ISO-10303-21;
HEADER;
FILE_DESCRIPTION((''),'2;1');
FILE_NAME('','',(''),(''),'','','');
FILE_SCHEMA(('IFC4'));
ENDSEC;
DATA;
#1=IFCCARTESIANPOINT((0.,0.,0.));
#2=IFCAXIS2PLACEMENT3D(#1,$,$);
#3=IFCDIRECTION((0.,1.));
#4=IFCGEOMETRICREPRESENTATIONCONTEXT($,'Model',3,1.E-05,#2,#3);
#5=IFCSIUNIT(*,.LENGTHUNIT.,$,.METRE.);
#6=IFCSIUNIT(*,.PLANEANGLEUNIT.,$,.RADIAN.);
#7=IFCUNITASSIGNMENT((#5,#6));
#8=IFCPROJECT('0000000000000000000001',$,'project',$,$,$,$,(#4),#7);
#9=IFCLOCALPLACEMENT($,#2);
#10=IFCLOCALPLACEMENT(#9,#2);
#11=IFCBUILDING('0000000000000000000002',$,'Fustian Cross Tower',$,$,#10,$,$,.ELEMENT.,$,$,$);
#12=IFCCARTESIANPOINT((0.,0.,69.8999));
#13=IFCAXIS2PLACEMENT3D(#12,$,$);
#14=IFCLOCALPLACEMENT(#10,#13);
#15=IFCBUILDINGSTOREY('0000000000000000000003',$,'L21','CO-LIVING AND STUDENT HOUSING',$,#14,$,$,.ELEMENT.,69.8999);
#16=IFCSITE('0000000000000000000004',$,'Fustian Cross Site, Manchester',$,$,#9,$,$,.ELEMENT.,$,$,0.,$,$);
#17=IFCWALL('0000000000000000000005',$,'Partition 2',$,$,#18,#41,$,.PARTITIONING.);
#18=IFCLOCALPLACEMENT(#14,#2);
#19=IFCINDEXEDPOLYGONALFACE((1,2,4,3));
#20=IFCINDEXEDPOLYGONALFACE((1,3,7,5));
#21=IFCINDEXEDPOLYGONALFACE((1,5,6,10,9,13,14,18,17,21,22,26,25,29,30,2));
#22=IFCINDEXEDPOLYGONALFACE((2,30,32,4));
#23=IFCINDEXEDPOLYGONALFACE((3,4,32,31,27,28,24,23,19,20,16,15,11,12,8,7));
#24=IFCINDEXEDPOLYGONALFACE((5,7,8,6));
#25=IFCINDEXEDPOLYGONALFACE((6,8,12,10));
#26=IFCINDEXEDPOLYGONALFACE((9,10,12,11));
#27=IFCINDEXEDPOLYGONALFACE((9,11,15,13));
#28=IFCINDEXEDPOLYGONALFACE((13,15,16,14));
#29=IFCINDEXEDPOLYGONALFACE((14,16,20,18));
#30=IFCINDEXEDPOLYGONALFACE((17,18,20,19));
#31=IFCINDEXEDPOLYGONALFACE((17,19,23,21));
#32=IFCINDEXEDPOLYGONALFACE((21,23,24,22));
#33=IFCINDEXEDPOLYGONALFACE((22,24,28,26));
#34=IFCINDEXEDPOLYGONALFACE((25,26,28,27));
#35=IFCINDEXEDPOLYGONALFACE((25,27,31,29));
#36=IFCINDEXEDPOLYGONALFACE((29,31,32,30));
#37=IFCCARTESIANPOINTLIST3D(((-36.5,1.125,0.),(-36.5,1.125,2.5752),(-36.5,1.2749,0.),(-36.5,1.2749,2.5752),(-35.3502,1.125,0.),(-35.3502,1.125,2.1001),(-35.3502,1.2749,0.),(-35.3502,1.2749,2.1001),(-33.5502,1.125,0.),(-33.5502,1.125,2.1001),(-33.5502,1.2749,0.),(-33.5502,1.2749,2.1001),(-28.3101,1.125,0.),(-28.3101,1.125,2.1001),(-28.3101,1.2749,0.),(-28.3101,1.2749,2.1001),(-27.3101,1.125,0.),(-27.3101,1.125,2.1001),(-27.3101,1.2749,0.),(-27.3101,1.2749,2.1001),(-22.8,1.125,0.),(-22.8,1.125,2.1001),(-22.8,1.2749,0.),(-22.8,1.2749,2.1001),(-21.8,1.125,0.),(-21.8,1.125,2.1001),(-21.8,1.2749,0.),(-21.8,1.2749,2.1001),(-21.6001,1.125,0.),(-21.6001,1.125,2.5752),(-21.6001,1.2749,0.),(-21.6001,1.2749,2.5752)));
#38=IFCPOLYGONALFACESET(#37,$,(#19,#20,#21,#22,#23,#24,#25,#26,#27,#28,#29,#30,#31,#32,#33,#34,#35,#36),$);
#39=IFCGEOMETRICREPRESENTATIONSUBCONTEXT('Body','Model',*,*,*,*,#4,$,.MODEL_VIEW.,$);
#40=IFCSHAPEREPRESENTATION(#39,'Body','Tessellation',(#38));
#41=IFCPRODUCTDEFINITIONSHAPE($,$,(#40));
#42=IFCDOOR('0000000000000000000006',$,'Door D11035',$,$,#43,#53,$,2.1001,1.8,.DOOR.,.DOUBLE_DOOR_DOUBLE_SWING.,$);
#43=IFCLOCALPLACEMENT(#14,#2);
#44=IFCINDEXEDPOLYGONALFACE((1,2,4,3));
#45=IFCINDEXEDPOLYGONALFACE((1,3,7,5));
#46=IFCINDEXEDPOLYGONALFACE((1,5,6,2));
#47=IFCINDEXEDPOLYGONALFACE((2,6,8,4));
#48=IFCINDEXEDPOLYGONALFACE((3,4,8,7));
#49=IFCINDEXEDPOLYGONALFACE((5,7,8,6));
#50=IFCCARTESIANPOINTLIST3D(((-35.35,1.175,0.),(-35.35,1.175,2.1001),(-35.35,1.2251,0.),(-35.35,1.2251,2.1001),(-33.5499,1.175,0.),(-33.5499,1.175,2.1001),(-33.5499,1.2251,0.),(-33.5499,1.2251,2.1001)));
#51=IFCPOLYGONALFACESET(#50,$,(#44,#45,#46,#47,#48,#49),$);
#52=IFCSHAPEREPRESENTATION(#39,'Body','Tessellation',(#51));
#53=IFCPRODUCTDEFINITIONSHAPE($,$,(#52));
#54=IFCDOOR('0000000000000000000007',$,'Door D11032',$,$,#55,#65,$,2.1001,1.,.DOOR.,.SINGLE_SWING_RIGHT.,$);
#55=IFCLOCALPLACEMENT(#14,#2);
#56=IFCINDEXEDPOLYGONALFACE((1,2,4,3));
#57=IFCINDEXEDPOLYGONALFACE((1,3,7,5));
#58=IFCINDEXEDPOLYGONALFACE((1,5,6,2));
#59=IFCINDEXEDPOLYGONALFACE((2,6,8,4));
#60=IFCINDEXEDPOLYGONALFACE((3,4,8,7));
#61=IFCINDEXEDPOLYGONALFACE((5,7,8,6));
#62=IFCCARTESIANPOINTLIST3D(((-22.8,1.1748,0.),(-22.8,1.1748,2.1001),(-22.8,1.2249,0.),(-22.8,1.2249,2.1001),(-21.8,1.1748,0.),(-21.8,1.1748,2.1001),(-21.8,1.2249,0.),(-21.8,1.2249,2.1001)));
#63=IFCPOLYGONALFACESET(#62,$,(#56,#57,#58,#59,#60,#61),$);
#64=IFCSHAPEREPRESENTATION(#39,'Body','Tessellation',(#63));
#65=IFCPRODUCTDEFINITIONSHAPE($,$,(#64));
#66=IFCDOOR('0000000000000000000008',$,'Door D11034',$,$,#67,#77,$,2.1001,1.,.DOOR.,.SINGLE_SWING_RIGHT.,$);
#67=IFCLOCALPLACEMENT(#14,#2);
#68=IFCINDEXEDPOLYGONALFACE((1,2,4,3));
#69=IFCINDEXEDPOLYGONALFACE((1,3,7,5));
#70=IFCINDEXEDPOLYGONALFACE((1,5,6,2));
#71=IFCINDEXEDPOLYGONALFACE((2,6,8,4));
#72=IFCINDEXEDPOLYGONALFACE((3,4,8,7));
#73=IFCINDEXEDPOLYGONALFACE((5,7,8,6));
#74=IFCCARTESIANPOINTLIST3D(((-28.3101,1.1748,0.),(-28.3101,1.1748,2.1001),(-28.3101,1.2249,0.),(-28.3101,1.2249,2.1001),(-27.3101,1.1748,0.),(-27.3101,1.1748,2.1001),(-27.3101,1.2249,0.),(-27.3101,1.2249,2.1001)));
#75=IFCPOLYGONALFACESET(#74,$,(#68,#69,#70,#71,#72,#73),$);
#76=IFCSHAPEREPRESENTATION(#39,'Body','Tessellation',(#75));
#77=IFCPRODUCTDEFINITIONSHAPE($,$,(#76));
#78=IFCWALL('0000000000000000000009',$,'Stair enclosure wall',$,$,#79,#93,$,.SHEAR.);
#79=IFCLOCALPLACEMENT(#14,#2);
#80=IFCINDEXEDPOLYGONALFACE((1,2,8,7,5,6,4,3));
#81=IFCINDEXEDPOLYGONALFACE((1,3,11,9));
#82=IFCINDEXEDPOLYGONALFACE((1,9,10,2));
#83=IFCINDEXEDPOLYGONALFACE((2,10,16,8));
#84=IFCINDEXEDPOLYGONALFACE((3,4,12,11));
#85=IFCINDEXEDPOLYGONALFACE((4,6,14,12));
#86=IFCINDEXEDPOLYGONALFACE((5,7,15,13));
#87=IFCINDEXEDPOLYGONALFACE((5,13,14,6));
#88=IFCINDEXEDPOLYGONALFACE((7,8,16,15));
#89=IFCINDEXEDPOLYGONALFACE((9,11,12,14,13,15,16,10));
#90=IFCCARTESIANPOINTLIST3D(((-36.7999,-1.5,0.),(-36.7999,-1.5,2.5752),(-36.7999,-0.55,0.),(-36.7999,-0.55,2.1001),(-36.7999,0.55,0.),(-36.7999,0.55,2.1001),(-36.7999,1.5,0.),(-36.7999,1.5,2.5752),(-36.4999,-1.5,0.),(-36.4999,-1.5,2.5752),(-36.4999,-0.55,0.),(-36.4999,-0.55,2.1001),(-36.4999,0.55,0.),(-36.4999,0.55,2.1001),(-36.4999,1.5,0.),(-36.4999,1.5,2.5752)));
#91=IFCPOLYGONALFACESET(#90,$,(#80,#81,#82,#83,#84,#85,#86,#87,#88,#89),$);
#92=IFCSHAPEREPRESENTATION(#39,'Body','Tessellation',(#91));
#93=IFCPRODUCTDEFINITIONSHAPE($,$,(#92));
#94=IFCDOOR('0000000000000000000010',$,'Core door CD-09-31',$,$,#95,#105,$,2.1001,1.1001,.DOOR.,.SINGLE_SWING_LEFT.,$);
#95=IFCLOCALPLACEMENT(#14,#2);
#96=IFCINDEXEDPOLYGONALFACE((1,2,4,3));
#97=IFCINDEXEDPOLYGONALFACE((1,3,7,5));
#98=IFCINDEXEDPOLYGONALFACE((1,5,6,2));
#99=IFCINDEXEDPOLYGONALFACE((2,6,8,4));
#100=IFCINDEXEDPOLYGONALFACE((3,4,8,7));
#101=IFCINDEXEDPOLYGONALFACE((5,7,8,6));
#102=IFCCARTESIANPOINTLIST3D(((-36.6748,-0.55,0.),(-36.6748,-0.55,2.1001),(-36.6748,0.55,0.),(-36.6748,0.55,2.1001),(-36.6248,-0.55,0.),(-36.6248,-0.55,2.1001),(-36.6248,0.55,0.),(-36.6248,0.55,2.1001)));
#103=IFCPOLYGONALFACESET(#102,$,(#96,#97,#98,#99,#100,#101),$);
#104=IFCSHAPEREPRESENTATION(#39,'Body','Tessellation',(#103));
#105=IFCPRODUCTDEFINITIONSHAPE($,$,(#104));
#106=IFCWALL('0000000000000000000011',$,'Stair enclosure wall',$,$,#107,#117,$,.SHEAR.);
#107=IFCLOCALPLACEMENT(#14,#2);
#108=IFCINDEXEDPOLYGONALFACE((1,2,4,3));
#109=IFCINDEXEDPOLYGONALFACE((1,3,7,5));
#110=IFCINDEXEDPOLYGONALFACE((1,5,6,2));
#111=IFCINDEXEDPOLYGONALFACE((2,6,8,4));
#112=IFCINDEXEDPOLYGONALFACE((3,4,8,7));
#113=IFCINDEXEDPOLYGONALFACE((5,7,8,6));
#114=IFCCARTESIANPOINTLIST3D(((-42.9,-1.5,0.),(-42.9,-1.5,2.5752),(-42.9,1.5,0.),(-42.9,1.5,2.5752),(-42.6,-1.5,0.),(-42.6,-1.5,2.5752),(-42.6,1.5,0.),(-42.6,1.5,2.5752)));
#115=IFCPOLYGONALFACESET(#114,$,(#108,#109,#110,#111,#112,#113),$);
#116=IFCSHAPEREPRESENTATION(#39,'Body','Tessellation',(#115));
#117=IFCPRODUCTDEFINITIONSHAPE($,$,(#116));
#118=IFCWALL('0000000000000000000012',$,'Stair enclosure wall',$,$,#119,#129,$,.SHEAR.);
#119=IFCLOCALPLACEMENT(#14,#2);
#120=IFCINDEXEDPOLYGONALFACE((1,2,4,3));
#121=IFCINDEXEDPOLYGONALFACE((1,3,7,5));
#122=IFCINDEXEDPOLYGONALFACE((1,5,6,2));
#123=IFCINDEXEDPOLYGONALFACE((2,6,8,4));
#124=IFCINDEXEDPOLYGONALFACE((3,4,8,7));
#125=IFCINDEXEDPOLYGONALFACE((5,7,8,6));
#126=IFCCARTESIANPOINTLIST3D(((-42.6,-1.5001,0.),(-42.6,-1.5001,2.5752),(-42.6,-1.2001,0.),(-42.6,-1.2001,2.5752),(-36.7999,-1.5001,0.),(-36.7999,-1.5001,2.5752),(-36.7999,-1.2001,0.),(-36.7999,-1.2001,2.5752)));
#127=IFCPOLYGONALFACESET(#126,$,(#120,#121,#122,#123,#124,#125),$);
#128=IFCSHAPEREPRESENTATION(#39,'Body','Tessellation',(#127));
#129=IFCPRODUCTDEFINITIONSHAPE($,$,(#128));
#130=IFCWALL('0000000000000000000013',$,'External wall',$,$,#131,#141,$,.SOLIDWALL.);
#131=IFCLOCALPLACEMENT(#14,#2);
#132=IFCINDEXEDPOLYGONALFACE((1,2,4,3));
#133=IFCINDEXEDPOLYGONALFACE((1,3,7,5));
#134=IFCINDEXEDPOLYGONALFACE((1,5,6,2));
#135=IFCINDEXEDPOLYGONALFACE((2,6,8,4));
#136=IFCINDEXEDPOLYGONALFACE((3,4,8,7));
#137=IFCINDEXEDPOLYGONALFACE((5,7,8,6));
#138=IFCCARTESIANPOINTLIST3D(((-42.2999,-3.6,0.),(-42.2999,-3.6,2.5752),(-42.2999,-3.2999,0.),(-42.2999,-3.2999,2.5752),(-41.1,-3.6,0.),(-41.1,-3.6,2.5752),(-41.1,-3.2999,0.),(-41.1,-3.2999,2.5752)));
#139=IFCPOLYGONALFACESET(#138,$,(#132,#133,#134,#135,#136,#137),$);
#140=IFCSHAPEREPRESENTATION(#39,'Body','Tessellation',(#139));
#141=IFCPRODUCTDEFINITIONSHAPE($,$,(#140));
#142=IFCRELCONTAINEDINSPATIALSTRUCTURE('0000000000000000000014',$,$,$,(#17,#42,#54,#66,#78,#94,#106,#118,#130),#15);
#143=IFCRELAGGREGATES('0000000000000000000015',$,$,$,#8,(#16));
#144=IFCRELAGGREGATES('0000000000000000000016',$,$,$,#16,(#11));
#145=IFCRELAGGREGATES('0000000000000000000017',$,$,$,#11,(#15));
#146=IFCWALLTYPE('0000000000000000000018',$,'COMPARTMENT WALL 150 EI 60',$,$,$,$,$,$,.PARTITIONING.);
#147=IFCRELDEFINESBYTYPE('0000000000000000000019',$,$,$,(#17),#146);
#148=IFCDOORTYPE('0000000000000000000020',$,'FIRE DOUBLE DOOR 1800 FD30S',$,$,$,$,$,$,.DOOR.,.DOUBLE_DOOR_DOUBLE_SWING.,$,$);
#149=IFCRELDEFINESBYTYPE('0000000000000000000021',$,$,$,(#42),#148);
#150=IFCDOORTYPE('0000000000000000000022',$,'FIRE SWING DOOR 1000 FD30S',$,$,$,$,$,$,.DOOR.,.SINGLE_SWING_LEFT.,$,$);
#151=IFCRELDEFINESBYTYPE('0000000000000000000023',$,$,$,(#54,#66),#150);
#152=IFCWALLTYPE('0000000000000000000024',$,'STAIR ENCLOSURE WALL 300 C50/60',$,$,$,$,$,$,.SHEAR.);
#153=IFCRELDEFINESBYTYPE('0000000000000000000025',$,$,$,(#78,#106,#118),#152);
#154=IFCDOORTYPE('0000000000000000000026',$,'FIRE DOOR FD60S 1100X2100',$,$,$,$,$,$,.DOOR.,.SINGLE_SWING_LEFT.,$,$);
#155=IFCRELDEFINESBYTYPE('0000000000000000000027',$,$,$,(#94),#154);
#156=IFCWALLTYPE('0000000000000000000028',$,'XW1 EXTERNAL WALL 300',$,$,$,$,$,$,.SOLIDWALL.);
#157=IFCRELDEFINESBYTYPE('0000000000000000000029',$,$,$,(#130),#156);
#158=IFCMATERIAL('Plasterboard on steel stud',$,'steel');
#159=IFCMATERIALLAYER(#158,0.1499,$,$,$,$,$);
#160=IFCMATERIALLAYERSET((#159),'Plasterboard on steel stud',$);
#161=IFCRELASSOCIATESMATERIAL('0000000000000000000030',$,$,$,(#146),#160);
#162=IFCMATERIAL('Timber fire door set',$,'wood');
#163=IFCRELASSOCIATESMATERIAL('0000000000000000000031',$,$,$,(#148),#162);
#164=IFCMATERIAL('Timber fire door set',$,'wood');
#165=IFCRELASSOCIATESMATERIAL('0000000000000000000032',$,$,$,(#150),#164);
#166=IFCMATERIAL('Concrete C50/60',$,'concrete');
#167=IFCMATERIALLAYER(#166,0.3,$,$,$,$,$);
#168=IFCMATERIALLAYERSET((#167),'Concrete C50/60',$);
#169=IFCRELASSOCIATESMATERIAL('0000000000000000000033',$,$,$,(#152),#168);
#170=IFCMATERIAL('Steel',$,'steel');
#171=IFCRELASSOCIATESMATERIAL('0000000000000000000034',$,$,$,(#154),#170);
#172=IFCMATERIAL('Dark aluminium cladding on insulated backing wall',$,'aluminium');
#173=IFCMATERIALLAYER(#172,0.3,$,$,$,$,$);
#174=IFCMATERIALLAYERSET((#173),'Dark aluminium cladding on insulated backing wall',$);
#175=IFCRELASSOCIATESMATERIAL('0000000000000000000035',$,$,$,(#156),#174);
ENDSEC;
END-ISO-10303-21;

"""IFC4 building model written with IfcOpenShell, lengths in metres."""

from ifc_helpers import new_model, si_unit, direction, frame, frame_2d, origin, place, context, subcontext, project, spatial, rectangle, extrude, material, layer, layer_set, type_object, element, fill, save


model = new_model("IFC4")

# Units and contexts
model_context = context("Model", 3, precision=1e-05, world=origin(), true_north=direction((0.0, 1.0)))
body_context = subcontext(model_context, "Body", "Model", "MODEL_VIEW")
ifc_project = project(units=[si_unit("LENGTHUNIT", "METRE"), si_unit("PLANEANGLEUNIT", "RADIAN")], contexts=[model_context])

# Site, building, storey
site_placement = place(None, origin())
site = spatial("IfcSite", under=ifc_project, at=site_placement, Name="Fustian Cross Site, Manchester", CompositionType="ELEMENT", RefElevation=0.0)
building_placement = place(site_placement, origin())
building = spatial("IfcBuilding", under=site, at=building_placement, Name="Fustian Cross Tower", CompositionType="ELEMENT")
storey_placement = place(building_placement, frame((0.0, 0.0, 69.8999)))
storey = spatial("IfcBuildingStorey", under=building, at=storey_placement, Name="L21", Description="CO-LIVING AND STUDENT HOUSING", CompositionType="ELEMENT", Elevation=69.8999)

# Wall, openings, doors
ifc_material_1 = material(Name="Plasterboard on steel stud", Category="steel")
ifc_layer_1 = layer(ifc_material_1, 0.1499)
ifc_layer_set_1 = layer_set([ifc_layer_1], Name="Plasterboard on steel stud")
wall_type_1 = type_object("IfcWallType", Name="COMPARTMENT WALL 150 EI 60", PredefinedType="PARTITIONING", material=ifc_layer_set_1)
ifc_material_2 = material(Name="Timber fire door set", Category="wood")
door_type_1 = type_object("IfcDoorType", Name="FIRE DOUBLE DOOR 1800 FD30S", OperationType="DOUBLE_DOOR_DOUBLE_SWING", PredefinedType="DOOR", material=ifc_material_2)
ifc_material_3 = material(Name="Timber fire door set", Category="wood")
door_type_2 = type_object("IfcDoorType", Name="FIRE SWING DOOR 1000 FD30S", OperationType="SINGLE_SWING_LEFT", PredefinedType="DOOR", material=ifc_material_3)
wall_1_placement = place(storey_placement, frame((-36.5, 1.2, 0.0), z_axis=(0.0, 0.0, 1.0), x_axis=(1.0, 0.0, 0.0)))
wall_1 = element("IfcWall", 1, at=wall_1_placement, inside=storey, type_object=wall_type_1, Name="Partition 2", PredefinedType="PARTITIONING", context=body_context, shape_type="SweptSolid", body=[
    extrude(rectangle(XDim=14.8999, YDim=0.1499, at=frame_2d((7.45, 0.0))), origin(), (0.0, 0.0, 1.0), 2.5752),
])
opening_1_placement = place(wall_1_placement, frame((13.7, 0.0, 0.0)))
opening_1 = element("IfcOpeningElement", 2, at=opening_1_placement, cuts=wall_1, PredefinedType="OPENING", context=body_context, shape_type="SweptSolid", body=[
    extrude(rectangle(XDim=1.0, YDim=2.1001, at=frame_2d((0.5, 1.05))), frame((0.0, 0.085, 0.0), z_axis=(0.0, -1.0, 0.0), x_axis=(1.0, 0.0, 0.0)), (0.0, 0.0, 1.0), 0.1699),
])
opening_2_placement = place(wall_1_placement, frame((8.1899, 0.0, 0.0)))
opening_2 = element("IfcOpeningElement", 3, at=opening_2_placement, cuts=wall_1, PredefinedType="OPENING", context=body_context, shape_type="SweptSolid", body=[
    extrude(rectangle(XDim=1.0, YDim=2.1001, at=frame_2d((0.5, 1.05))), frame((0.0, 0.085, 0.0), z_axis=(0.0, -1.0, 0.0), x_axis=(1.0, 0.0, 0.0)), (0.0, 0.0, 1.0), 0.1699),
])
opening_3_placement = place(wall_1_placement, frame((1.1499, 0.0, 0.0)))
opening_3 = element("IfcOpeningElement", 4, at=opening_3_placement, cuts=wall_1, PredefinedType="OPENING", context=body_context, shape_type="SweptSolid", body=[
    extrude(rectangle(XDim=1.8, YDim=2.1001, at=frame_2d((0.8999, 1.05))), frame((0.0, 0.085, 0.0), z_axis=(0.0, -1.0, 0.0), x_axis=(1.0, 0.0, 0.0)), (0.0, 0.0, 1.0), 0.1699),
])
door_1_placement = place(opening_3_placement, frame((1.8, 0.0, 0.0), z_axis=(0.0, 0.0, 1.0), x_axis=(-1.0, 0.0, 0.0)))
door_1 = element("IfcDoor", 5, at=door_1_placement, inside=storey, type_object=door_type_1, Name="Door D11035", OperationType="DOUBLE_DOOR_DOUBLE_SWING", OverallHeight=2.1001, OverallWidth=1.8, PredefinedType="DOOR", context=body_context, shape_type="SweptSolid", body=[
    extrude(rectangle(XDim=1.8, YDim=2.1001, at=frame_2d((0.8999, 1.05))), frame((0.0, 0.0249, 0.0), z_axis=(0.0, -1.0, 0.0), x_axis=(1.0, 0.0, 0.0)), (0.0, 0.0, 1.0), 0.05),
])
fill(opening_3, door_1)
door_2_placement = place(opening_1_placement, origin())
door_2 = element("IfcDoor", 6, at=door_2_placement, inside=storey, type_object=door_type_2, Name="Door D11032", OperationType="SINGLE_SWING_RIGHT", OverallHeight=2.1001, OverallWidth=1.0, PredefinedType="DOOR", context=body_context, shape_type="SweptSolid", body=[
    extrude(rectangle(XDim=1.0, YDim=2.1001, at=frame_2d((0.5, 1.05))), frame((0.0, 0.0249, 0.0), z_axis=(0.0, -1.0, 0.0), x_axis=(1.0, 0.0, 0.0)), (0.0, 0.0, 1.0), 0.05),
])
fill(opening_1, door_2)
door_3_placement = place(opening_2_placement, origin())
door_3 = element("IfcDoor", 7, at=door_3_placement, inside=storey, type_object=door_type_2, Name="Door D11034", OperationType="SINGLE_SWING_RIGHT", OverallHeight=2.1001, OverallWidth=1.0, PredefinedType="DOOR", context=body_context, shape_type="SweptSolid", body=[
    extrude(rectangle(XDim=1.0, YDim=2.1001, at=frame_2d((0.5, 1.05))), frame((0.0, 0.0249, 0.0), z_axis=(0.0, -1.0, 0.0), x_axis=(1.0, 0.0, 0.0)), (0.0, 0.0, 1.0), 0.05),
])
fill(opening_2, door_3)

# Wall, opening, door
ifc_material_4 = material(Name="Concrete C50/60", Category="concrete")
ifc_layer_2 = layer(ifc_material_4, 0.3)
ifc_layer_set_2 = layer_set([ifc_layer_2], Name="Concrete C50/60")
wall_type_2 = type_object("IfcWallType", Name="STAIR ENCLOSURE WALL 300 C50/60", PredefinedType="SHEAR", material=ifc_layer_set_2)
wall_2_placement = place(storey_placement, frame((-36.6499, -1.5, 0.0), z_axis=(0.0, 0.0, 1.0), x_axis=(0.0, 1.0, 0.0)))
wall_2 = element("IfcWall", 8, at=wall_2_placement, inside=storey, type_object=wall_type_2, Name="Stair enclosure wall", PredefinedType="SHEAR", context=body_context, shape_type="SweptSolid", body=[
    extrude(rectangle(XDim=3.0, YDim=0.3, at=frame_2d((1.5, 0.0))), origin(), (0.0, 0.0, 1.0), 2.5752),
])
opening_4_placement = place(wall_2_placement, frame((0.95, 0.0, 0.0)))
opening_4 = element("IfcOpeningElement", 9, at=opening_4_placement, cuts=wall_2, PredefinedType="OPENING", context=body_context, shape_type="SweptSolid", body=[
    extrude(rectangle(XDim=1.1001, YDim=2.1001, at=frame_2d((0.55, 1.05))), frame((0.0, 0.1599, 0.0), z_axis=(0.0, -1.0, 0.0), x_axis=(1.0, 0.0, 0.0)), (0.0, 0.0, 1.0), 0.3201),
])
ifc_material_5 = material(Name="Steel", Category="steel")
door_type_3 = type_object("IfcDoorType", Name="FIRE DOOR FD60S 1100X2100", OperationType="SINGLE_SWING_LEFT", PredefinedType="DOOR", material=ifc_material_5)
door_4_placement = place(opening_4_placement, origin())
door_4 = element("IfcDoor", 10, at=door_4_placement, inside=storey, type_object=door_type_3, Name="Core door CD-09-31", OperationType="SINGLE_SWING_LEFT", OverallHeight=2.1001, OverallWidth=1.1001, PredefinedType="DOOR", context=body_context, shape_type="SweptSolid", body=[
    extrude(rectangle(XDim=1.1001, YDim=2.1001, at=frame_2d((0.55, 1.05))), frame((0.0, 0.0249, 0.0), z_axis=(0.0, -1.0, 0.0), x_axis=(1.0, 0.0, 0.0)), (0.0, 0.0, 1.0), 0.05),
])
fill(opening_4, door_4)

# Walls
wall_3_placement = place(storey_placement, frame((-42.75, -1.5, 0.0), z_axis=(0.0, 0.0, 1.0), x_axis=(0.0, 1.0, 0.0)))
element("IfcWall", 11, at=wall_3_placement, inside=storey, type_object=wall_type_2, Name="Stair enclosure wall", PredefinedType="SHEAR", context=body_context, shape_type="SweptSolid", body=[
    extrude(rectangle(XDim=3.0, YDim=0.3, at=frame_2d((1.5, 0.0))), origin(), (0.0, 0.0, 1.0), 2.5752),
])
wall_4_placement = place(storey_placement, frame((-36.8, -1.3501, 0.0), z_axis=(0.0, 0.0, 1.0), x_axis=(-1.0, 0.0, 0.0)))
element("IfcWall", 12, at=wall_4_placement, inside=storey, type_object=wall_type_2, Name="Stair enclosure wall", PredefinedType="SHEAR", context=body_context, shape_type="SweptSolid", body=[
    extrude(rectangle(XDim=5.8, YDim=0.3, at=frame_2d((2.8999, 0.0))), origin(), (0.0, 0.0, 1.0), 2.5752),
])
ifc_material_6 = material(Name="Dark aluminium cladding on insulated backing wall", Category="aluminium")
ifc_layer_3 = layer(ifc_material_6, 0.3)
ifc_layer_set_3 = layer_set([ifc_layer_3], Name="Dark aluminium cladding on insulated backing wall")
wall_type_3 = type_object("IfcWallType", Name="XW1 EXTERNAL WALL 300", PredefinedType="SOLIDWALL", material=ifc_layer_set_3)
wall_5_placement = place(storey_placement, frame((-42.3, -3.45, 0.0), z_axis=(0.0, 0.0, 1.0), x_axis=(1.0, 0.0, 0.0)))
element("IfcWall", 13, at=wall_5_placement, inside=storey, type_object=wall_type_3, Name="External wall", PredefinedType="SOLIDWALL", context=body_context, shape_type="SweptSolid", body=[
    extrude(rectangle(XDim=1.2, YDim=0.3, at=frame_2d((0.6001, 0.0))), origin(), (0.0, 0.0, 1.0), 2.5752),
])

save(model, "model.ifc")
